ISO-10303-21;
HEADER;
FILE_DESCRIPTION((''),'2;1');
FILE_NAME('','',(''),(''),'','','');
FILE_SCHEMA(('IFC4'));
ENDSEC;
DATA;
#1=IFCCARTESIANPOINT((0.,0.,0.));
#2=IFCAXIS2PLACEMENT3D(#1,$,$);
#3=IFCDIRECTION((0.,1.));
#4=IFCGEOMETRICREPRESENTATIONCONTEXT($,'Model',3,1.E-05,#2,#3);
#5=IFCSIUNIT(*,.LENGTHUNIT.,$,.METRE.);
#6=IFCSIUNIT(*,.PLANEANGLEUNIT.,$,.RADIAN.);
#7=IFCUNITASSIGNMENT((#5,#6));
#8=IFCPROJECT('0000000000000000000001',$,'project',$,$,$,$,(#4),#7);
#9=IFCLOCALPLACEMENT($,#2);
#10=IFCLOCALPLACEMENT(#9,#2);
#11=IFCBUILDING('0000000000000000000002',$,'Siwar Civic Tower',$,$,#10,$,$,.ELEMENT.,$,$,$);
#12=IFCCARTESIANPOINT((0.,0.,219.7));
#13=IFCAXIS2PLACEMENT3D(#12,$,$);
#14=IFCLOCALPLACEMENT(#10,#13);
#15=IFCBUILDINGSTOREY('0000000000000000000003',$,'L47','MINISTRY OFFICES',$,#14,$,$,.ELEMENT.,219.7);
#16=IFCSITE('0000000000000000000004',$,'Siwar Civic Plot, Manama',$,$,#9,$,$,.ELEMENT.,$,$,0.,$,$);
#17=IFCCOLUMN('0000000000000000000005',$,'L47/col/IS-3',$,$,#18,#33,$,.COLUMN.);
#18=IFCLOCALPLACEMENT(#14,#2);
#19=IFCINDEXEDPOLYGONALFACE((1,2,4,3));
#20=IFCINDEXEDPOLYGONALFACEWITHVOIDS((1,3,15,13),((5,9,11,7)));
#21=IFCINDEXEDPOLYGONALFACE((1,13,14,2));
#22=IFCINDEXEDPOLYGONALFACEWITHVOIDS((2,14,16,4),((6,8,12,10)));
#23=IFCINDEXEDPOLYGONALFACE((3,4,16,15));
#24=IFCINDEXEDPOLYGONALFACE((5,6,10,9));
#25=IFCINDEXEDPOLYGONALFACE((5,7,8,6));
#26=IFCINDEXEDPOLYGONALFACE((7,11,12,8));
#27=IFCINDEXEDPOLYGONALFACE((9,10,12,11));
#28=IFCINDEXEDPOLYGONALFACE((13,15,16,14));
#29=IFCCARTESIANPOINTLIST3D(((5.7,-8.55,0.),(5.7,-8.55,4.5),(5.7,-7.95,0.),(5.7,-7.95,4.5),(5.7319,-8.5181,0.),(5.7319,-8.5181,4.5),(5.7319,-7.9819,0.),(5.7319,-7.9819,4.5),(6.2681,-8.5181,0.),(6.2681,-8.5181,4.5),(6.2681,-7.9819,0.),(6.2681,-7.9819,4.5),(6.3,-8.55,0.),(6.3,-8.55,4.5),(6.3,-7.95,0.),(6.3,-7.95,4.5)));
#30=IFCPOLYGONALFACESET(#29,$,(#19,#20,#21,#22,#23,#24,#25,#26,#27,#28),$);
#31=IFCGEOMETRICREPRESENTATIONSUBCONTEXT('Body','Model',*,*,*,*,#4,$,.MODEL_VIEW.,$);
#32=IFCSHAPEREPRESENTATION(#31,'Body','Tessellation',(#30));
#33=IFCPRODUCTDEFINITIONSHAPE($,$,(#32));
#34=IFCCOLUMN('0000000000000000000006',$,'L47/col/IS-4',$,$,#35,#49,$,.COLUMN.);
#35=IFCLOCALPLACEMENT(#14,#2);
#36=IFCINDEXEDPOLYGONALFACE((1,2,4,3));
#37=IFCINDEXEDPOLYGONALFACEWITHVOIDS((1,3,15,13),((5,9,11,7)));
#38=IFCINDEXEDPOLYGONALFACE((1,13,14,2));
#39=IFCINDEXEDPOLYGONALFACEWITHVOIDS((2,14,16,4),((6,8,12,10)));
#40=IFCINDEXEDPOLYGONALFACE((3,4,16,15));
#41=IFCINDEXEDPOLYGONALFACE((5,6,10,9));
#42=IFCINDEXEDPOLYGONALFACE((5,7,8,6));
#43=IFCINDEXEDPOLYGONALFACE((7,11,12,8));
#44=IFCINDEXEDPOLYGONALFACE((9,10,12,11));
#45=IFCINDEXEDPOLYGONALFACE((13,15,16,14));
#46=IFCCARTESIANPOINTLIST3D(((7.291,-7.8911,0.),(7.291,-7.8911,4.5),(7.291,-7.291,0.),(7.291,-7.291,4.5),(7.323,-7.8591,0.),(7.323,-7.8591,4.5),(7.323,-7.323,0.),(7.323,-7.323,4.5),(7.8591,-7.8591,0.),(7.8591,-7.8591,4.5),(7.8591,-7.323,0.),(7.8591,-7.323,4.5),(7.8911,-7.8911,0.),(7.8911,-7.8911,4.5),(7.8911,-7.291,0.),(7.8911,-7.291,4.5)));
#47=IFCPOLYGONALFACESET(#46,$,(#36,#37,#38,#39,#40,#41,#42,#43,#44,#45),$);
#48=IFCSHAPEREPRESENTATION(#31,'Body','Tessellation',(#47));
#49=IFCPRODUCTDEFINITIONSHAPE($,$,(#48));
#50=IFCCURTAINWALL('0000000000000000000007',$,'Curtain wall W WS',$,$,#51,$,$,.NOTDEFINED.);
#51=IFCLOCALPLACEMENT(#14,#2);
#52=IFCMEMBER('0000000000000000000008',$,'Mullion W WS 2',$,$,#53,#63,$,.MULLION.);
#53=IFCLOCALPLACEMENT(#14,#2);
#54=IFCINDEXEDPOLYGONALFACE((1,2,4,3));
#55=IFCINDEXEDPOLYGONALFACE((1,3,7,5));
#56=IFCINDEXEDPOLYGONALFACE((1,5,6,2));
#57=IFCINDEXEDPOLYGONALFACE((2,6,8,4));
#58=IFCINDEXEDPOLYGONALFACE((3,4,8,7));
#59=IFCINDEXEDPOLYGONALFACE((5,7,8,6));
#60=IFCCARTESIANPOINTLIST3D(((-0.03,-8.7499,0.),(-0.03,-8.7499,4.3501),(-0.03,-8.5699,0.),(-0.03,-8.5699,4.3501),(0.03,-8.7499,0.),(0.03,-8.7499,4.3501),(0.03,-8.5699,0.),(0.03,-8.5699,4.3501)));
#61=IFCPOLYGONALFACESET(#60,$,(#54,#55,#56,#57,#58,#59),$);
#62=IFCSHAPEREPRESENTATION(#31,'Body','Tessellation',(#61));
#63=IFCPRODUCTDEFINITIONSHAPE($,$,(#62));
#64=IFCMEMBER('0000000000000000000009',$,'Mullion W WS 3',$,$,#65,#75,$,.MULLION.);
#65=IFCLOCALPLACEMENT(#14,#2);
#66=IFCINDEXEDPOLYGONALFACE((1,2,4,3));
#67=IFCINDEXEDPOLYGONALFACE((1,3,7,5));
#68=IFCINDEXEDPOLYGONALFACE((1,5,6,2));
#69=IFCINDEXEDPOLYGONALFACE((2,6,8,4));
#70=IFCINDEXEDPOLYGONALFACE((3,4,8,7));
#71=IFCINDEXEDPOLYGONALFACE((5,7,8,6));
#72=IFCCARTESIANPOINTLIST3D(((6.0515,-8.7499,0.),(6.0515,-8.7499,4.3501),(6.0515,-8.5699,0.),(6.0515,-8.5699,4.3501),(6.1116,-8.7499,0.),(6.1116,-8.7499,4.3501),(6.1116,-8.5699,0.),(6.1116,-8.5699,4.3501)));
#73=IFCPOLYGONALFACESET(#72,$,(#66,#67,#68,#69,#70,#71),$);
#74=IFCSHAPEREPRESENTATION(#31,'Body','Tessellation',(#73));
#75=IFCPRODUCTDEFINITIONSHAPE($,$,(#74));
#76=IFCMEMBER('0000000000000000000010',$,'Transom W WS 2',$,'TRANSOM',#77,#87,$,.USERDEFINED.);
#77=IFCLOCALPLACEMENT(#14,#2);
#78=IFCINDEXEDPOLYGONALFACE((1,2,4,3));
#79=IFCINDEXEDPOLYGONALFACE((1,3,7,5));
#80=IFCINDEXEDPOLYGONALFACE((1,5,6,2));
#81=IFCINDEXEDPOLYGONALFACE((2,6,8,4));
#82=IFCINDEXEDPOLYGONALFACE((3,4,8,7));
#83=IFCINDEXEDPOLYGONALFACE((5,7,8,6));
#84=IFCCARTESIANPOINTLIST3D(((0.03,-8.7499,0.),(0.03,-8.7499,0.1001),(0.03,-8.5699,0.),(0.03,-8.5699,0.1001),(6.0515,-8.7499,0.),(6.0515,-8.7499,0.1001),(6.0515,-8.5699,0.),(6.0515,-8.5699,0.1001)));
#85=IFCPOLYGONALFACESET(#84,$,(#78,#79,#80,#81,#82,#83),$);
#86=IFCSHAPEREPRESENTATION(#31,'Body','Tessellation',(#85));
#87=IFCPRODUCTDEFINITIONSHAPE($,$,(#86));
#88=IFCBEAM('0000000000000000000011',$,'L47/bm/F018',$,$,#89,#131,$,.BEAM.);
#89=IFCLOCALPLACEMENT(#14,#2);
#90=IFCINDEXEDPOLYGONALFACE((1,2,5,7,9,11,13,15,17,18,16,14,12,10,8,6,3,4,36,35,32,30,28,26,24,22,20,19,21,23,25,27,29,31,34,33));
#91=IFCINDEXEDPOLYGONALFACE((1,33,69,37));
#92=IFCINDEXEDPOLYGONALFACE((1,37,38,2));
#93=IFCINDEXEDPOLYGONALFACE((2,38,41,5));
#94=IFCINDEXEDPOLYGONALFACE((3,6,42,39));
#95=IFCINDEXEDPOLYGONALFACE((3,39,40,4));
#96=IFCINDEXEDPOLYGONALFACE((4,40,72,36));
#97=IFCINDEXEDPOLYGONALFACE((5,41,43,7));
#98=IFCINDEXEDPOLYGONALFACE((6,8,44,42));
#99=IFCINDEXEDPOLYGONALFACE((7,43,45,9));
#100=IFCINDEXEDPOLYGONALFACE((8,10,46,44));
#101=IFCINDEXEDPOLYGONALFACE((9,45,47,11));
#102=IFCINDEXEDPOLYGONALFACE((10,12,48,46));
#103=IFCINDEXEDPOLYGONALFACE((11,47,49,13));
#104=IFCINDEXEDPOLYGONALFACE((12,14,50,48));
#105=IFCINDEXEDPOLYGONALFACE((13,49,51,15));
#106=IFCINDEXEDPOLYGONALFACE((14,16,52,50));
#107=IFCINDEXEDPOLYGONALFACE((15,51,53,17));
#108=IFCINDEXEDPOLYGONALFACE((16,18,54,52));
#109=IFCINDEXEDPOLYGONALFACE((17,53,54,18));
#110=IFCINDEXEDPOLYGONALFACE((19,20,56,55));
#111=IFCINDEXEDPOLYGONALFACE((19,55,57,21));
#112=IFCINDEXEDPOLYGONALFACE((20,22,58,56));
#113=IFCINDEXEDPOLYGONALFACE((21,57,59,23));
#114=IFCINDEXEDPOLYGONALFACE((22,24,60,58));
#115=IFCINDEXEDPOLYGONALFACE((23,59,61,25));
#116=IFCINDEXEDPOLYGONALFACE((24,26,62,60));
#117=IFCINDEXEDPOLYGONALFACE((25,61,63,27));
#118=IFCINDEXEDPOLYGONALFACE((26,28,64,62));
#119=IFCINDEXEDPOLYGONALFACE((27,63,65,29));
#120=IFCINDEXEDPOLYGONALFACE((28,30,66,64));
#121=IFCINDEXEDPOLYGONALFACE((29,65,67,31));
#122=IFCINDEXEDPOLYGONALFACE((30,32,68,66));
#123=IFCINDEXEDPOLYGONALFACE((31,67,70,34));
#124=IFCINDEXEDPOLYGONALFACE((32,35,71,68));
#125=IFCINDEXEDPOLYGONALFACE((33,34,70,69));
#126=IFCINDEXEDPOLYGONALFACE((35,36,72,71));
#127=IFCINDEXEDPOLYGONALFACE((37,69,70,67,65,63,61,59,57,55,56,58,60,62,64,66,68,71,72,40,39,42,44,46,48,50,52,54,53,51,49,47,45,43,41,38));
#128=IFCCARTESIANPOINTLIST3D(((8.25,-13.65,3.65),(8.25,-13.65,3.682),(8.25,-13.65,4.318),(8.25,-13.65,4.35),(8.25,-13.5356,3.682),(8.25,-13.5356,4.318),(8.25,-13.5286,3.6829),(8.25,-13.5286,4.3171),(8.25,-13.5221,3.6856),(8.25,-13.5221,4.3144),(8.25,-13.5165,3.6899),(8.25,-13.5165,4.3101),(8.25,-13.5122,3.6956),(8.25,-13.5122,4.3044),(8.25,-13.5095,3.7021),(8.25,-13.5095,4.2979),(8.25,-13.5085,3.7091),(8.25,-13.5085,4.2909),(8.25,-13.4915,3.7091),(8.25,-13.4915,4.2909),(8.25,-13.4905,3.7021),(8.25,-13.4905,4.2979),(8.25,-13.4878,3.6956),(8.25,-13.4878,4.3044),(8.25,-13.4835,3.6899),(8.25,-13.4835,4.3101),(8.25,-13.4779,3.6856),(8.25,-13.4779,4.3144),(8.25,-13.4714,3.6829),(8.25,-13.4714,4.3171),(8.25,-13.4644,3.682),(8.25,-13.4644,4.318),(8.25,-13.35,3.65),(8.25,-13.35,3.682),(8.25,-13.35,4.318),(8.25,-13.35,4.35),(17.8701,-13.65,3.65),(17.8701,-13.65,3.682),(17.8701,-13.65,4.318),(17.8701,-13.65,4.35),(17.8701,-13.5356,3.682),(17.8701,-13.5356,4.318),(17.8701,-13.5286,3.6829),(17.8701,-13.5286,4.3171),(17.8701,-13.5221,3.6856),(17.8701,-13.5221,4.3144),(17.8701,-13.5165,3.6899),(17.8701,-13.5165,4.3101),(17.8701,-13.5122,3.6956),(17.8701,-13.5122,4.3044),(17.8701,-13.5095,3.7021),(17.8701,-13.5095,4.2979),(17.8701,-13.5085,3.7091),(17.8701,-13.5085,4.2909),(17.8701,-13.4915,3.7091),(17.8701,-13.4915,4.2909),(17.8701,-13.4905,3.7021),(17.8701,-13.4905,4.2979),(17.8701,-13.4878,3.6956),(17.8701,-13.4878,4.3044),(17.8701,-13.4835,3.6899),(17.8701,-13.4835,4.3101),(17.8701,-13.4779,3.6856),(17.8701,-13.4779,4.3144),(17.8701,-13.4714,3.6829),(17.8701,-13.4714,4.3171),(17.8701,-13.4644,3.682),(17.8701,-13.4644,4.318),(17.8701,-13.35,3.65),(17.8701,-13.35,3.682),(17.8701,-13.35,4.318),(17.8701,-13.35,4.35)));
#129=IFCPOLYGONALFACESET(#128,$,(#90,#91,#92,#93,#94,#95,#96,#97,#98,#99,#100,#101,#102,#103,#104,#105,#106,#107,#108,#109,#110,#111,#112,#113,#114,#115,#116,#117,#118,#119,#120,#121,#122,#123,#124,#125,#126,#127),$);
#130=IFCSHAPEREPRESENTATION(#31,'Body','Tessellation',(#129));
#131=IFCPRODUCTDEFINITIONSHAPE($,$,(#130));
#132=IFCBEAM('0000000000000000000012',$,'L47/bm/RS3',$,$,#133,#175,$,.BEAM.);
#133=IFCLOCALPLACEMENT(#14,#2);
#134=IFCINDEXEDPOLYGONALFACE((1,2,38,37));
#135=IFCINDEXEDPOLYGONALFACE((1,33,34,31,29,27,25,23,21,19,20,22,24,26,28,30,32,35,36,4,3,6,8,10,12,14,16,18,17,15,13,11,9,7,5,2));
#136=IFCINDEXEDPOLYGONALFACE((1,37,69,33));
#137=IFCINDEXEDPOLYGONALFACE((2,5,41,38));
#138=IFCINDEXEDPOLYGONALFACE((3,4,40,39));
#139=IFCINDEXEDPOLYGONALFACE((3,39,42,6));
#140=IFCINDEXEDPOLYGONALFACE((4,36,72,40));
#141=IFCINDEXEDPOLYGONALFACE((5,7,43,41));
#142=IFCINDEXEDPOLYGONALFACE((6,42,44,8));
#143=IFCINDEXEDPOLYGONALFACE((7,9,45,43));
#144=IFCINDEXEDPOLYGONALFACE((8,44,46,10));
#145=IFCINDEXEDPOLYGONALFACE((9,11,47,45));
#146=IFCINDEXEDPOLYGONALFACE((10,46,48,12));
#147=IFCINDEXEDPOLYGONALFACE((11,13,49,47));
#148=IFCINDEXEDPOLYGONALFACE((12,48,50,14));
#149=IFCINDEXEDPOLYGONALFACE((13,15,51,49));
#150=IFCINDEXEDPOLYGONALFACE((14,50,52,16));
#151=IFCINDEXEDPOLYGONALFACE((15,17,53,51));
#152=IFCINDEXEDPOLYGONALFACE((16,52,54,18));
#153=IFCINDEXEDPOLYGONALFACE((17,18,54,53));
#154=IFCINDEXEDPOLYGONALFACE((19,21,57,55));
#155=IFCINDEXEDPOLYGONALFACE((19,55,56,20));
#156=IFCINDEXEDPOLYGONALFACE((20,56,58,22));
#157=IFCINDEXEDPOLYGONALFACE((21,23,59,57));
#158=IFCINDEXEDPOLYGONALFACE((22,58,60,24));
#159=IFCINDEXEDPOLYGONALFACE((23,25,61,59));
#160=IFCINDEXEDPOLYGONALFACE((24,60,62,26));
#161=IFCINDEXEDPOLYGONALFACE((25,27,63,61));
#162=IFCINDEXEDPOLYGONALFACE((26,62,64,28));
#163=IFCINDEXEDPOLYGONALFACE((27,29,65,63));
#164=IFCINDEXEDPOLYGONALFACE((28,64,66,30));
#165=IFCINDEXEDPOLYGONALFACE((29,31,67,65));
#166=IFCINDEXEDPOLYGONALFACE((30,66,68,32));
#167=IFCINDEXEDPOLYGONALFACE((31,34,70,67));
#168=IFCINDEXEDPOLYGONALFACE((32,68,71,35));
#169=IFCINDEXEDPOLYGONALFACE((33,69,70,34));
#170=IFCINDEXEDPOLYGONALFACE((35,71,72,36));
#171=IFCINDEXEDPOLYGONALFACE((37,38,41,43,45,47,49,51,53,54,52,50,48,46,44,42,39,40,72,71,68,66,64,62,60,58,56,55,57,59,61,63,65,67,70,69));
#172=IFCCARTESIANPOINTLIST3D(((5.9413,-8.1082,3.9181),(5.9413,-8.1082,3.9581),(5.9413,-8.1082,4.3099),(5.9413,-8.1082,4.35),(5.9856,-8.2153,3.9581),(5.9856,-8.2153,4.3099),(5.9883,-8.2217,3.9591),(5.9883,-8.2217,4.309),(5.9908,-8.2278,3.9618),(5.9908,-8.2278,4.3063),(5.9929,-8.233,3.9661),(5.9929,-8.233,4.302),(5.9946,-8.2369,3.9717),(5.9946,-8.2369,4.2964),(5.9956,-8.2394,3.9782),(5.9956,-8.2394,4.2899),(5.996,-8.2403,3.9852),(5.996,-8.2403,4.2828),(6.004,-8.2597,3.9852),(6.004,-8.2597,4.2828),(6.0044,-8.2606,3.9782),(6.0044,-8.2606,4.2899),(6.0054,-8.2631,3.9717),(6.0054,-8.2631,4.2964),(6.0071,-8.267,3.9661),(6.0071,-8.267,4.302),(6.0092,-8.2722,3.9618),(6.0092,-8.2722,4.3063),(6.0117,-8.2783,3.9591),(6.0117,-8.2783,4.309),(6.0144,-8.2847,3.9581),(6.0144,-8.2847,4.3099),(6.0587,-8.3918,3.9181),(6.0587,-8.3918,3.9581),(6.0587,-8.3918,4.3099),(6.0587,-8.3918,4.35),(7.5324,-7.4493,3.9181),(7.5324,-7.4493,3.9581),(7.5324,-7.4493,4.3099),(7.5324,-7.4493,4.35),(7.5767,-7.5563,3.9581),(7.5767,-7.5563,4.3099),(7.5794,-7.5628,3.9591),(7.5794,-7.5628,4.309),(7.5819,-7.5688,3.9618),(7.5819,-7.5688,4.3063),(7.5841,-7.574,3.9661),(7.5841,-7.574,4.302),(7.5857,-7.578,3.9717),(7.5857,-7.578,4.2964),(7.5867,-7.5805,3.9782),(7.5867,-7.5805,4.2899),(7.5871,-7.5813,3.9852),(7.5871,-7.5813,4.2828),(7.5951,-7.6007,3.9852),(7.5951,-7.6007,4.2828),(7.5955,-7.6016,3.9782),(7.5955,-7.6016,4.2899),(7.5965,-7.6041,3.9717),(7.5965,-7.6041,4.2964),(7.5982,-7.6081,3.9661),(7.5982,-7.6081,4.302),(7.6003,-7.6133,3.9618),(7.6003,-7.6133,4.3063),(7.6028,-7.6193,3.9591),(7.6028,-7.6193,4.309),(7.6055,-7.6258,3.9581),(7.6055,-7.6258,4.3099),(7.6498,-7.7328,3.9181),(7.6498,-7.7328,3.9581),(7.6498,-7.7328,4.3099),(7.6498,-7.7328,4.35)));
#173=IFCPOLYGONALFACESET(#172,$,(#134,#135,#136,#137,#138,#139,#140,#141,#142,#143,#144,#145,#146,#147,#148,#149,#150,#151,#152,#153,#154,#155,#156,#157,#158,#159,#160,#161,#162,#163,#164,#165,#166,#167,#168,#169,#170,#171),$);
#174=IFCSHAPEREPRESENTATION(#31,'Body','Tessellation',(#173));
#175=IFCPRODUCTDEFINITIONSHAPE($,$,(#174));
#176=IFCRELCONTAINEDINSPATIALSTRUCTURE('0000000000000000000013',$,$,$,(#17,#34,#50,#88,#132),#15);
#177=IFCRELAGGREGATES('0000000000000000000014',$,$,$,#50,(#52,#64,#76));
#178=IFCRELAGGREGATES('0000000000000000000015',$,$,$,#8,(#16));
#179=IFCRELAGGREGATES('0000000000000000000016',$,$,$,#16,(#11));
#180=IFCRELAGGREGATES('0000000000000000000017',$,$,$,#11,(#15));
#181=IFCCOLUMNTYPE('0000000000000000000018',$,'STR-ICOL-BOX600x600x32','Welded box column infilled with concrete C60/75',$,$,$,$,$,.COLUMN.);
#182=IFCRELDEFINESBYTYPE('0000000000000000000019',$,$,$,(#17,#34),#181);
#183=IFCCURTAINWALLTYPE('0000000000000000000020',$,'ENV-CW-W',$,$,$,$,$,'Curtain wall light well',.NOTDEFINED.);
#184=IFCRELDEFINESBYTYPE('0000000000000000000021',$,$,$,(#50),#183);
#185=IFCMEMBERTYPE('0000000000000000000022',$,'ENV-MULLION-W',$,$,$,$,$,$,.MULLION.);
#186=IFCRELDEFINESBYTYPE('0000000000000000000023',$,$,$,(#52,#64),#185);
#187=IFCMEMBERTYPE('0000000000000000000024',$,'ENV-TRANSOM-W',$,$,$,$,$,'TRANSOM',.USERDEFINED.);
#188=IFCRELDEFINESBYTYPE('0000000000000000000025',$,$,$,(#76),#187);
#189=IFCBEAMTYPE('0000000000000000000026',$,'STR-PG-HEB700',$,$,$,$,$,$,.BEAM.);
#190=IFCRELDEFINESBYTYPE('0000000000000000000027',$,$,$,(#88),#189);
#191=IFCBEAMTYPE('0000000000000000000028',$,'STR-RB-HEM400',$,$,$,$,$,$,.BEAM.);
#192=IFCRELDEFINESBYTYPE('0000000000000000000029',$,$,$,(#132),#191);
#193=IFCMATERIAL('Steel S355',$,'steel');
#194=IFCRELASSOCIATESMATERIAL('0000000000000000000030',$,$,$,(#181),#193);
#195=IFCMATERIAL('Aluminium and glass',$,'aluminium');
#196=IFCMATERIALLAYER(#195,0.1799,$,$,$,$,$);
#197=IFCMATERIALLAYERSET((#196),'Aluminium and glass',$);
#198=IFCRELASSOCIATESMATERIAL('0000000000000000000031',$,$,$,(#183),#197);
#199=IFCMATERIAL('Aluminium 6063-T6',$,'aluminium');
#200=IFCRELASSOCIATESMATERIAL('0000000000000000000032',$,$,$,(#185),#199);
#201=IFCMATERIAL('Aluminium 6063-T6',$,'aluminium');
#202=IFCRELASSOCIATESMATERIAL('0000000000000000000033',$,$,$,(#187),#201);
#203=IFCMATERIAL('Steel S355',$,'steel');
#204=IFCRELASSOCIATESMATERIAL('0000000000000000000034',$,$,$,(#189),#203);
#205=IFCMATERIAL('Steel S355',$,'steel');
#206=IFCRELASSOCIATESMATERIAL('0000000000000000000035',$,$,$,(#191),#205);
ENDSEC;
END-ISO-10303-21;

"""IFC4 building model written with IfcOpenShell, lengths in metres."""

from ifc_helpers import new_model, si_unit, direction, frame, origin, origin_2d, place, context, subcontext, project, spatial, rectangle, hollow_rectangle, i_section, extrude, material, layer, layer_set, material_profile, profile_set, type_object, element, aggregate, save


model = new_model("IFC4")

# Units and contexts
model_context = context("Model", 3, precision=1e-05, world=origin(), true_north=direction((0.0, 1.0)))
body_context = subcontext(model_context, "Body", "Model", "MODEL_VIEW")
ifc_project = project(units=[si_unit("LENGTHUNIT", "METRE"), si_unit("PLANEANGLEUNIT", "RADIAN")], contexts=[model_context])

# Site, building, storey
site_placement = place(None, origin())
site = spatial("IfcSite", under=ifc_project, at=site_placement, Name="Siwar Civic Plot, Manama", CompositionType="ELEMENT", RefElevation=0.0)
building_placement = place(site_placement, origin())
building = spatial("IfcBuilding", under=site, at=building_placement, Name="Siwar Civic Tower", CompositionType="ELEMENT")
storey_placement = place(building_placement, frame((0.0, 0.0, 219.7)))
storey = spatial("IfcBuildingStorey", under=building, at=storey_placement, Name="L47", Description="MINISTRY OFFICES", CompositionType="ELEMENT", Elevation=219.7)

# Columns
ifc_material_1 = material(Name="Steel S355", Category="steel")
ifc_material_profile_1 = material_profile(ifc_material_1, hollow_rectangle(XDim=0.6001, YDim=0.6001, WallThickness=0.032, at=origin_2d()), Name="BOX600x600x32")
ifc_profile_set_1 = profile_set([ifc_material_profile_1], Name="Steel S355")
column_type = type_object("IfcColumnType", Name="STR-ICOL-BOX600x600x32", Description="Welded box column infilled with concrete C60/75", PredefinedType="COLUMN", material=ifc_profile_set_1)
for number, where, z_axis, x_axis, name in (
    (1, (6.0, -8.25, 0.0), (0.0, 0.0, 1.0), (1.0, 0.0, 0.0), "L47/col/IS-3"),
    (2, (7.5911, -7.5911, 0.0), (0.0, 0.0, 1.0), (1.0, 0.0, 0.0), "L47/col/IS-4"),
):
    element("IfcColumn", number, at=place(storey_placement, frame(where, z_axis=z_axis, x_axis=x_axis)), inside=storey, type_object=column_type, Name=name, PredefinedType="COLUMN", context=body_context, shape_type="SweptSolid", body=[
        extrude(hollow_rectangle(XDim=0.6001, YDim=0.6001, WallThickness=0.032, at=origin_2d()), origin(), (0.0, 0.0, 1.0), 4.5),
    ])

# Curtain wall, members
ifc_material_2 = material(Name="Aluminium and glass", Category="aluminium")
ifc_layer_1 = layer(ifc_material_2, 0.1799)
ifc_layer_set_1 = layer_set([ifc_layer_1], Name="Aluminium and glass")
curtain_wall_type = type_object("IfcCurtainWallType", Name="ENV-CW-W", ElementType="Curtain wall light well", PredefinedType="NOTDEFINED", material=ifc_layer_set_1)
curtain_wall_placement = place(storey_placement, origin())
curtain_wall = element("IfcCurtainWall", 3, at=curtain_wall_placement, inside=storey, type_object=curtain_wall_type, Name="Curtain wall W WS", PredefinedType="NOTDEFINED")
ifc_material_3 = material(Name="Aluminium 6063-T6", Category="aluminium")
ifc_material_profile_2 = material_profile(ifc_material_3, rectangle(XDim=0.1799, YDim=0.0601, at=origin_2d()), Name="AL 180x60")
ifc_profile_set_2 = profile_set([ifc_material_profile_2], Name="Aluminium 6063-T6")
member_type_1 = type_object("IfcMemberType", Name="ENV-MULLION-W", PredefinedType="MULLION", material=ifc_profile_set_2)
member_1_placement = place(storey_placement, frame((0.0, -8.6599, 0.0), z_axis=(0.0, 0.0, 1.0), x_axis=(0.0, 1.0, 0.0)))
member_1 = element("IfcMember", 4, at=member_1_placement, type_object=member_type_1, Name="Mullion W WS 2", PredefinedType="MULLION", context=body_context, shape_type="SweptSolid", body=[
    extrude(rectangle(XDim=0.1799, YDim=0.0601, at=origin_2d()), origin(), (0.0, 0.0, 1.0), 4.3501),
])
member_2_placement = place(storey_placement, frame((6.0815, -8.6599, 0.0), z_axis=(0.0, 0.0, 1.0), x_axis=(0.0, 1.0, 0.0)))
member_2 = element("IfcMember", 5, at=member_2_placement, type_object=member_type_1, Name="Mullion W WS 3", PredefinedType="MULLION", context=body_context, shape_type="SweptSolid", body=[
    extrude(rectangle(XDim=0.1799, YDim=0.0601, at=origin_2d()), origin(), (0.0, 0.0, 1.0), 4.3501),
])
ifc_material_4 = material(Name="Aluminium 6063-T6", Category="aluminium")
ifc_material_profile_3 = material_profile(ifc_material_4, rectangle(XDim=0.1799, YDim=0.1001, at=origin_2d()), Name="AL 180x100")
ifc_profile_set_3 = profile_set([ifc_material_profile_3], Name="Aluminium 6063-T6")
member_type_2 = type_object("IfcMemberType", Name="ENV-TRANSOM-W", ElementType="TRANSOM", PredefinedType="USERDEFINED", material=ifc_profile_set_3)
member_3_placement = place(storey_placement, frame((0.03, -8.6599, 0.05), z_axis=(1.0, 0.0, 0.0), x_axis=(0.0, 1.0, 0.0)))
member_3 = element("IfcMember", 6, at=member_3_placement, type_object=member_type_2, Name="Transom W WS 2", ObjectType="TRANSOM", PredefinedType="USERDEFINED", context=body_context, shape_type="SweptSolid", body=[
    extrude(rectangle(XDim=0.1799, YDim=0.1001, at=origin_2d()), origin(), (0.0, 0.0, 1.0), 6.0215),
])

# Beams
ifc_material_5 = material(Name="Steel S355", Category="steel")
ifc_material_profile_4 = material_profile(ifc_material_5, i_section(OverallWidth=0.3, OverallDepth=0.7, WebThickness=0.0171, FlangeThickness=0.032, FilletRadius=0.0271, at=origin_2d()), Name="HEB700")
ifc_profile_set_4 = profile_set([ifc_material_profile_4], Name="Steel S355")
beam_type_1 = type_object("IfcBeamType", Name="STR-PG-HEB700", PredefinedType="BEAM", material=ifc_profile_set_4)
beam_placement = place(storey_placement, frame((8.25, -13.5, 4.0), z_axis=(1.0, 0.0, 0.0), x_axis=(0.0, 1.0, 0.0)))
element("IfcBeam", 7, at=beam_placement, inside=storey, type_object=beam_type_1, Name="L47/bm/F018", PredefinedType="BEAM", context=body_context, shape_type="SweptSolid", body=[
    extrude(i_section(OverallWidth=0.3, OverallDepth=0.7, WebThickness=0.0171, FlangeThickness=0.032, FilletRadius=0.0271, at=origin_2d()), origin(), (0.0, 0.0, 1.0), 9.6201),
])
ifc_material_6 = material(Name="Steel S355", Category="steel")
ifc_material_profile_5 = material_profile(ifc_material_6, i_section(OverallWidth=0.3069, OverallDepth=0.4319, WebThickness=0.021, FlangeThickness=0.04, FilletRadius=0.0271, at=origin_2d()), Name="HEM400")
ifc_profile_set_5 = profile_set([ifc_material_profile_5], Name="Steel S355")
beam_type_2 = type_object("IfcBeamType", Name="STR-RB-HEM400", PredefinedType="BEAM", material=ifc_profile_set_5)
for number, where, z_axis, x_axis, name in (
    (8, (6.0, -8.25, 4.134), (0.923901, 0.382631, 0.0), (-0.382631, 0.923901, 0.0), "L47/bm/RS3"),
):
    element("IfcBeam", number, at=place(storey_placement, frame(where, z_axis=z_axis, x_axis=x_axis)), inside=storey, type_object=beam_type_2, Name=name, PredefinedType="BEAM", context=body_context, shape_type="SweptSolid", body=[
        extrude(i_section(OverallWidth=0.3069, OverallDepth=0.4319, WebThickness=0.021, FlangeThickness=0.04, FilletRadius=0.0271, at=origin_2d()), origin(), (0.0, 0.0, 1.0), 1.7222),
    ])

aggregate(curtain_wall, [member_1, member_2, member_3])

save(model, "model.ifc")
